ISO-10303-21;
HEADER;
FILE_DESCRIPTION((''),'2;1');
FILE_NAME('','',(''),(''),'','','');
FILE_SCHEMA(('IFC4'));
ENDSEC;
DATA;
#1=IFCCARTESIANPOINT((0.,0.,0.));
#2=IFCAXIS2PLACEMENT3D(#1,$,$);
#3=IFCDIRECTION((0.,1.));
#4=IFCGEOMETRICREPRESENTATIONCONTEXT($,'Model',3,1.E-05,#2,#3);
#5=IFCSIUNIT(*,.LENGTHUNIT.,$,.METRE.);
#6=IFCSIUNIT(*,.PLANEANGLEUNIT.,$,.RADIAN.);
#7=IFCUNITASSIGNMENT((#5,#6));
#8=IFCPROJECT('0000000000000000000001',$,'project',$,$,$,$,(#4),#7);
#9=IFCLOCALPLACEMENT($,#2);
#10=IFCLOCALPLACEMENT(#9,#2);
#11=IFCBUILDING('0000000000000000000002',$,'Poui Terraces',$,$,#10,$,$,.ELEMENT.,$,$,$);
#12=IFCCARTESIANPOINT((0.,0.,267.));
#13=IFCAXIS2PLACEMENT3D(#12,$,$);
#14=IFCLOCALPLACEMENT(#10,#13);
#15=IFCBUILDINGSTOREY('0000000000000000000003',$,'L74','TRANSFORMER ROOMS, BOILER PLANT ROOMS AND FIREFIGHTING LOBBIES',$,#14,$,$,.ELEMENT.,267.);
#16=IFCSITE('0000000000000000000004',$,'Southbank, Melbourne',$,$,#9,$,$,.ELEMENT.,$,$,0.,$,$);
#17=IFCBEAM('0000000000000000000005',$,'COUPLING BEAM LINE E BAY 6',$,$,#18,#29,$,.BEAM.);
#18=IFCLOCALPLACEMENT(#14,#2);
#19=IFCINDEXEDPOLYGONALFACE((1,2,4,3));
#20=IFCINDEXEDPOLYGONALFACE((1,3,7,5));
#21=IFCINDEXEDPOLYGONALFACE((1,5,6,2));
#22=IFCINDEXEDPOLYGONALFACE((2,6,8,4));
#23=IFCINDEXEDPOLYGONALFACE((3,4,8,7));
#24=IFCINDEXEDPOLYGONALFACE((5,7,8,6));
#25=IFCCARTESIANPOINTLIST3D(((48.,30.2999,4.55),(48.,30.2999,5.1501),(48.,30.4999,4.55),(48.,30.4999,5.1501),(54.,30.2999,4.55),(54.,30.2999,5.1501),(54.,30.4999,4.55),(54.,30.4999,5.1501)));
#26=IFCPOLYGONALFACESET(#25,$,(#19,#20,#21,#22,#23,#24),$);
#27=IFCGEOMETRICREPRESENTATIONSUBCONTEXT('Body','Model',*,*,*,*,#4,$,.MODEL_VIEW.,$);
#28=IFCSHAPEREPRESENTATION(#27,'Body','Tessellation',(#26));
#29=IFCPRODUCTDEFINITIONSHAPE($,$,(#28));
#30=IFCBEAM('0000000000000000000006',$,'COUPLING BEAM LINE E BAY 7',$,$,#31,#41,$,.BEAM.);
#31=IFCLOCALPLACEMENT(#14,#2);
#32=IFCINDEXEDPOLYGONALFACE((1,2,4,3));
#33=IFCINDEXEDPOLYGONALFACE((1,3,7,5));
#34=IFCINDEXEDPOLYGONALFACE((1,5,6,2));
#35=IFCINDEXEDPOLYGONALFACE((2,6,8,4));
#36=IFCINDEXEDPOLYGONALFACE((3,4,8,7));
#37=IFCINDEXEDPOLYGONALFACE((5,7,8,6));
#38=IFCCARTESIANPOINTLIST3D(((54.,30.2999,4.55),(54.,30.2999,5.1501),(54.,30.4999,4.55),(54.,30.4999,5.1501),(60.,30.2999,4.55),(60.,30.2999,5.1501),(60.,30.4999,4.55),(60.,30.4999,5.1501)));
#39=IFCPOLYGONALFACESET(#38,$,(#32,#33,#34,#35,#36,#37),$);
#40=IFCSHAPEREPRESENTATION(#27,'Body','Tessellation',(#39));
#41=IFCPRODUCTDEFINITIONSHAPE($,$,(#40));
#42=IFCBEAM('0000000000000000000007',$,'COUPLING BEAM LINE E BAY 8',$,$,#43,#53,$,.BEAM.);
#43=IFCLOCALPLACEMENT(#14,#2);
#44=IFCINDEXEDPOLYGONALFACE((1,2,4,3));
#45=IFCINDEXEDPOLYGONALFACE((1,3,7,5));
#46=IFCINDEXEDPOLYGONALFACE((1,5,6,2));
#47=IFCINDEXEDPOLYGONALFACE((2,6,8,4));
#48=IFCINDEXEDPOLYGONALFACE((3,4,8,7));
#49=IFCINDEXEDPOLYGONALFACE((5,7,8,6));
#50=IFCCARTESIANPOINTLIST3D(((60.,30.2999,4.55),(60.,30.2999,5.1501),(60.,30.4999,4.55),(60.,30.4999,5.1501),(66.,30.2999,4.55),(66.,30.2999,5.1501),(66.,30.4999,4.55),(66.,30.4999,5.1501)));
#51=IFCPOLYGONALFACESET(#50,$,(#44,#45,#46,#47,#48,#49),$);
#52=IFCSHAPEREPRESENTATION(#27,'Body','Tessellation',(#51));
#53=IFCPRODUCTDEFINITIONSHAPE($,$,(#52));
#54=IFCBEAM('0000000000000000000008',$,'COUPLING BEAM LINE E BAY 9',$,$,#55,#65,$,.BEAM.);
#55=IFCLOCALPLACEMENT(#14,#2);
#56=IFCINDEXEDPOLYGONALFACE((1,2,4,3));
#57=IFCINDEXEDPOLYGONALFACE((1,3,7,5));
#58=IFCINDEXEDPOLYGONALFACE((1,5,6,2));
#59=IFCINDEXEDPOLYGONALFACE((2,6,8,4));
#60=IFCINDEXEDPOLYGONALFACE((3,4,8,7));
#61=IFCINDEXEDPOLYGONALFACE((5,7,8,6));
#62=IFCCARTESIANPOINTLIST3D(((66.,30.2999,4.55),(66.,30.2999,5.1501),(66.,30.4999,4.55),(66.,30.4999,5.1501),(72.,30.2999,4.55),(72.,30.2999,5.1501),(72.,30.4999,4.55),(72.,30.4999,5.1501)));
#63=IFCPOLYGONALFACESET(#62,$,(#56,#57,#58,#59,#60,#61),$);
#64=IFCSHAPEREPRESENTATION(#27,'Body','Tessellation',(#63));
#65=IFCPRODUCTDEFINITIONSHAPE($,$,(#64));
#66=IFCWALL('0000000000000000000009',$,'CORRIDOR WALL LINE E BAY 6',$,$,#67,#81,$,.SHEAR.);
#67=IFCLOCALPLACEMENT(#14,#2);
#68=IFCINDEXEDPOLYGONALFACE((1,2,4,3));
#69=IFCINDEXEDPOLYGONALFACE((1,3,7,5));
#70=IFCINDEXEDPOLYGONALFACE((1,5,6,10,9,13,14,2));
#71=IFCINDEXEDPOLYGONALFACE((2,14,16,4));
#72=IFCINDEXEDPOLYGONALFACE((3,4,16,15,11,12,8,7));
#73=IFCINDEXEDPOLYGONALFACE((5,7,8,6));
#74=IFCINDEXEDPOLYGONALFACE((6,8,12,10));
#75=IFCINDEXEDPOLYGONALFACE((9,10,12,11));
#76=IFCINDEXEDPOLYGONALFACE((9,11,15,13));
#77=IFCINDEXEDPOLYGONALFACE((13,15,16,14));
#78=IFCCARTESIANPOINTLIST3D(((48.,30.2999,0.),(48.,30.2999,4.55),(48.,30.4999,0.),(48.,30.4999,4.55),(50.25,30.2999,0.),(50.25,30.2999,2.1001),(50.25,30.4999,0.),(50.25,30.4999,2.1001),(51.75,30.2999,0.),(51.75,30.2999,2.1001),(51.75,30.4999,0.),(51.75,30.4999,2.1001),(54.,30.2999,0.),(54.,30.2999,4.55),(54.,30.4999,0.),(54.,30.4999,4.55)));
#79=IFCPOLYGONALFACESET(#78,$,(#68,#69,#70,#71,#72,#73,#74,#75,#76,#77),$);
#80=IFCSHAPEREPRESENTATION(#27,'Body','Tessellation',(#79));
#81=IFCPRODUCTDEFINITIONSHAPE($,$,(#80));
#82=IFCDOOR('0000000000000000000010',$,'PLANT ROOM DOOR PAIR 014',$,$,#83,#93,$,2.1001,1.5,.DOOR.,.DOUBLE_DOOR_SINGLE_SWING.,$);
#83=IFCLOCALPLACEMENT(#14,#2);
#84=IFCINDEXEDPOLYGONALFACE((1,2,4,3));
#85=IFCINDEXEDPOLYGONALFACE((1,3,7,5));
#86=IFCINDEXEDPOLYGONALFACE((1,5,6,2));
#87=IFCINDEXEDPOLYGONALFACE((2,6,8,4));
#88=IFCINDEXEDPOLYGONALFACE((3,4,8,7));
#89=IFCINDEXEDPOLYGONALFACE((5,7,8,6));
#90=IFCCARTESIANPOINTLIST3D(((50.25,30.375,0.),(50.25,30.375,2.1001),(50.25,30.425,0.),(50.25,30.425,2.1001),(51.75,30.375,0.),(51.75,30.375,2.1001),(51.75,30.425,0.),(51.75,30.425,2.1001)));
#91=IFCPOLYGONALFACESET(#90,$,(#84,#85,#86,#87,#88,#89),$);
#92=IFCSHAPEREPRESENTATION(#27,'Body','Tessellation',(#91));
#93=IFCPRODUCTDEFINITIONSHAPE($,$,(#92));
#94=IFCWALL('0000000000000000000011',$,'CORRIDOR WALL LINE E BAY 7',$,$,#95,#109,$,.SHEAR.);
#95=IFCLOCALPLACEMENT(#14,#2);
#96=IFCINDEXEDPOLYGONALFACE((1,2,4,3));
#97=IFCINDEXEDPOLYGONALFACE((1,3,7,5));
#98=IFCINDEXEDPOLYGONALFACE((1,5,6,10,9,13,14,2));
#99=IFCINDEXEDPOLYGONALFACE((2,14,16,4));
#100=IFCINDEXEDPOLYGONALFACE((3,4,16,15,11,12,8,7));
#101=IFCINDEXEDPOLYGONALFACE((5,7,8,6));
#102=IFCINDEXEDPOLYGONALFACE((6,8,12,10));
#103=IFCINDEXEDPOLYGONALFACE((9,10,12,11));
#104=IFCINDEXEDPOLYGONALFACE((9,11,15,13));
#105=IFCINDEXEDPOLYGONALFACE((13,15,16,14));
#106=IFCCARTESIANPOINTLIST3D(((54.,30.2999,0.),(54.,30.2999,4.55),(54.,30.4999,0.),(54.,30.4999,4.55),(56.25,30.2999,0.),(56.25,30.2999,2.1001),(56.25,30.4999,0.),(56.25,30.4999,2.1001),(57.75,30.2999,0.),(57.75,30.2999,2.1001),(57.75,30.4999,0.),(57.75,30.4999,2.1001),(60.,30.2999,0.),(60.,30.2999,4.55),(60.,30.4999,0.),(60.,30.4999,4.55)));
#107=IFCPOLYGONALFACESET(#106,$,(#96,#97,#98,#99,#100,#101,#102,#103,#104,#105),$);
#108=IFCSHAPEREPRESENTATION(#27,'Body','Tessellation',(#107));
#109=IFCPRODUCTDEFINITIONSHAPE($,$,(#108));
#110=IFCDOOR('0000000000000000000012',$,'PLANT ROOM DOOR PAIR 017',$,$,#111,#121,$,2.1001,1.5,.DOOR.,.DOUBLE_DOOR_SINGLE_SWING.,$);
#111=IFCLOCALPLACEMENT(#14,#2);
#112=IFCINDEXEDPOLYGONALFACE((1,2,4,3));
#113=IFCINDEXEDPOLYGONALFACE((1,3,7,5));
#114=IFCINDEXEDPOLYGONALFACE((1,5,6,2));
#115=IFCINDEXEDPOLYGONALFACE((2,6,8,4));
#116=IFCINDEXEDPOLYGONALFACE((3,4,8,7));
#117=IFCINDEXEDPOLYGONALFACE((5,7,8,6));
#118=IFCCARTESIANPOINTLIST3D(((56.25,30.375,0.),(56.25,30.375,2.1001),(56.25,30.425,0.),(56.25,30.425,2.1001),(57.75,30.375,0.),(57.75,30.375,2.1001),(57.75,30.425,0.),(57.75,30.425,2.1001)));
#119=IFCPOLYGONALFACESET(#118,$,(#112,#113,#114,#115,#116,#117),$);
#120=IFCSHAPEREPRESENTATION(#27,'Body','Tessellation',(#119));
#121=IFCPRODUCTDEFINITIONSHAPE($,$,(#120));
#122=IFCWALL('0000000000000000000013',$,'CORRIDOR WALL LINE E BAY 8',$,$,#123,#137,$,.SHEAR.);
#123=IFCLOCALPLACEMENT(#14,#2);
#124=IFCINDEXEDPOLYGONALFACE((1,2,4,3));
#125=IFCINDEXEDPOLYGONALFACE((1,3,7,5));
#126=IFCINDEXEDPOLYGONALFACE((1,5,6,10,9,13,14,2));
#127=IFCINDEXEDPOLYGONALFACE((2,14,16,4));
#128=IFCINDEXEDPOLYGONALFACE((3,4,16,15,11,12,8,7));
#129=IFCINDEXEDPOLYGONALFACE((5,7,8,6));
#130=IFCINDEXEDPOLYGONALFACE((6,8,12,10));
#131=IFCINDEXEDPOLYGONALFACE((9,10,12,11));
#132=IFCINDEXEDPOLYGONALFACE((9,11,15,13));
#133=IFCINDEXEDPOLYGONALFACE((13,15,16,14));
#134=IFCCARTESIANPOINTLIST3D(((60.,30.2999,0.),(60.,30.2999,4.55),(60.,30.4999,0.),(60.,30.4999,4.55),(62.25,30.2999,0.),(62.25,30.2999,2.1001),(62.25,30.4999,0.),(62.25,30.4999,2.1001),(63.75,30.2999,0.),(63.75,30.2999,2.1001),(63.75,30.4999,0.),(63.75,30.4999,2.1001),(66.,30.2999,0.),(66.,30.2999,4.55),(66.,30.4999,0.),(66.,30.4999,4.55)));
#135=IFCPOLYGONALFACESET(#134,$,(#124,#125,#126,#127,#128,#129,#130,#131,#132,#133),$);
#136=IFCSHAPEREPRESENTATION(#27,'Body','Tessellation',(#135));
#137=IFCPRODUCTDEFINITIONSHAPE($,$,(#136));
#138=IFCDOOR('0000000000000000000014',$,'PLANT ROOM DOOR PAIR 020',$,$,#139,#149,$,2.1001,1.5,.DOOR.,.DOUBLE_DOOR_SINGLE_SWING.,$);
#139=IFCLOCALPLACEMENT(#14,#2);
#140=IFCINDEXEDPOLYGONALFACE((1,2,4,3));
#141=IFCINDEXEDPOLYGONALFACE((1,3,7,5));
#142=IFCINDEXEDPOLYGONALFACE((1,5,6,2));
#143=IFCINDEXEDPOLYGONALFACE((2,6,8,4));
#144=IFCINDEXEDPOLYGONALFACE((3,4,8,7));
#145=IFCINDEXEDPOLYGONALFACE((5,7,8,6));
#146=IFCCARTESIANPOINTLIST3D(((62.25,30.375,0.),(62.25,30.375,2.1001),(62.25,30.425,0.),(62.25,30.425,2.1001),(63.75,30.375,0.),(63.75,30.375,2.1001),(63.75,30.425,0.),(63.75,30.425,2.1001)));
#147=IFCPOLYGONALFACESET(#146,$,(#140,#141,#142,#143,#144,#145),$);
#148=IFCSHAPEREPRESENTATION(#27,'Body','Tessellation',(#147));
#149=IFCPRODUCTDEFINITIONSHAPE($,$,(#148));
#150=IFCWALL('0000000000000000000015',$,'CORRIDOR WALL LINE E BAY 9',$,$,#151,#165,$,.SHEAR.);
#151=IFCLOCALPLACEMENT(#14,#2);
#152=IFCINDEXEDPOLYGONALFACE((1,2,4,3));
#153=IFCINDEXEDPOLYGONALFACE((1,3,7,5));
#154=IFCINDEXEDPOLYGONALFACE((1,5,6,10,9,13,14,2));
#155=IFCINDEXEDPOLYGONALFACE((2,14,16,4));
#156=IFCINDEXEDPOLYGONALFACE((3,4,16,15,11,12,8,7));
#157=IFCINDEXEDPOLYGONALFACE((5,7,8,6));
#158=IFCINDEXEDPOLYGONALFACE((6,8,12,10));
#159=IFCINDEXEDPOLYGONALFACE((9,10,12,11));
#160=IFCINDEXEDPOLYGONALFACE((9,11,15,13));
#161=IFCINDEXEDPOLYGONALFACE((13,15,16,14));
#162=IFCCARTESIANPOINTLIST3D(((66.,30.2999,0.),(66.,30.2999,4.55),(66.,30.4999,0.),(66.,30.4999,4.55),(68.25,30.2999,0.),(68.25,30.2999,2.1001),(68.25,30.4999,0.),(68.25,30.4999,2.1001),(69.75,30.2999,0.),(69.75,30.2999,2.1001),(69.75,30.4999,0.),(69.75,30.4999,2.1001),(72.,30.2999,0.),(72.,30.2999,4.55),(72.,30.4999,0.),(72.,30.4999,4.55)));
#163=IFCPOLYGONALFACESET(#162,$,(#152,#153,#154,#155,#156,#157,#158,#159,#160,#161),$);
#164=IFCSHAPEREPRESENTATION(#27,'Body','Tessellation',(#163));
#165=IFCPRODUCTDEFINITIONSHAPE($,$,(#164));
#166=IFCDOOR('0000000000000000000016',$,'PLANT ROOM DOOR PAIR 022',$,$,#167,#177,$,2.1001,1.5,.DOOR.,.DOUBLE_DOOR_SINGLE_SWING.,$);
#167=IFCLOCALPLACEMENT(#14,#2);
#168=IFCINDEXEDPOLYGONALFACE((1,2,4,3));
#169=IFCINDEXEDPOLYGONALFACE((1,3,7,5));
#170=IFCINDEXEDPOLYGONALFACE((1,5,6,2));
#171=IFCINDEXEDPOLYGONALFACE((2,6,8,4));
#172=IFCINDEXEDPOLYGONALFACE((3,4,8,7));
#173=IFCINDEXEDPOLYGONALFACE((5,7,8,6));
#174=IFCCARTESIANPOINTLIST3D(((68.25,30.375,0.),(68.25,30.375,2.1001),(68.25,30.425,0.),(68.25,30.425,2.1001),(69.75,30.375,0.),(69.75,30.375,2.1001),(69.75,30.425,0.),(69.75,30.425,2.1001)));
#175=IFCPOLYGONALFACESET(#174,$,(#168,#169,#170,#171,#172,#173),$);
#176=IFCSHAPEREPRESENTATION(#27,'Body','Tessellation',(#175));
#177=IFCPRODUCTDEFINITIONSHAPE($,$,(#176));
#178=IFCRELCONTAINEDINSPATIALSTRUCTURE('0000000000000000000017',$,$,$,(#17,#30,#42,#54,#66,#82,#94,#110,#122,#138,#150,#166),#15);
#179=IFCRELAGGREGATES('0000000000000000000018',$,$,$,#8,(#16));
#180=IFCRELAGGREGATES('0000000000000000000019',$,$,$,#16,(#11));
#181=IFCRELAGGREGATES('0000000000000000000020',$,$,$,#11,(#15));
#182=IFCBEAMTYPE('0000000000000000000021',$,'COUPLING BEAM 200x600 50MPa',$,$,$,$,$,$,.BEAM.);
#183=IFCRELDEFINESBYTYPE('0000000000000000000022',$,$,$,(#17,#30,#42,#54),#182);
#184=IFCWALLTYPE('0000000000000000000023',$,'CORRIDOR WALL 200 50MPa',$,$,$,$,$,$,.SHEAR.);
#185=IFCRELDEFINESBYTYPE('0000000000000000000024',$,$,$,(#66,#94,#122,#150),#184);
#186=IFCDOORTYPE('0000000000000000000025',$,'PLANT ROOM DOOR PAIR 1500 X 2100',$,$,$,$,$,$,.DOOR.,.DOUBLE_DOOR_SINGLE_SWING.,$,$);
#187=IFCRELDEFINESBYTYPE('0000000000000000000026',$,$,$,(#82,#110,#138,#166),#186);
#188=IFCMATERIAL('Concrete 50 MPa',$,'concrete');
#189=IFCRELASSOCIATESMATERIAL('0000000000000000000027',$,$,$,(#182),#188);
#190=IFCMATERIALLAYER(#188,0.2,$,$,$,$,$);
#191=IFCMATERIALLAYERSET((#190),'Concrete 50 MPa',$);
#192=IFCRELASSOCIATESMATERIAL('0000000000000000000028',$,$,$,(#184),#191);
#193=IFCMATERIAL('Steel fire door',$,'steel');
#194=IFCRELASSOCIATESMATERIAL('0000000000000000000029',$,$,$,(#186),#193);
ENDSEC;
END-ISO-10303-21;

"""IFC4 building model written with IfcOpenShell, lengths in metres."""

from ifc_helpers import new_model, si_unit, direction, frame, frame_2d, origin, origin_2d, place, context, subcontext, project, spatial, rectangle, extrude, source, transform, mapped, material, layer, layer_set, material_profile, profile_set, type_object, element, fill, save


model = new_model("IFC4")

# Units and contexts
model_context = context("Model", 3, precision=1e-05, world=origin(), true_north=direction((0.0, 1.0)))
body_context = subcontext(model_context, "Body", "Model", "MODEL_VIEW")
ifc_project = project(units=[si_unit("LENGTHUNIT", "METRE"), si_unit("PLANEANGLEUNIT", "RADIAN")], contexts=[model_context])

# Site, building, storey
site_placement = place(None, origin())
site = spatial("IfcSite", under=ifc_project, at=site_placement, Name="Southbank, Melbourne", CompositionType="ELEMENT", RefElevation=0.0)
building_placement = place(site_placement, origin())
building = spatial("IfcBuilding", under=site, at=building_placement, Name="Poui Terraces", CompositionType="ELEMENT")
storey_placement = place(building_placement, frame((0.0, 0.0, 267.0)))
storey = spatial("IfcBuildingStorey", under=building, at=storey_placement, Name="L74", Description="TRANSFORMER ROOMS, BOILER PLANT ROOMS AND FIREFIGHTING LOBBIES", CompositionType="ELEMENT", Elevation=267.0)

# Beams
ifc_material_1 = material(Name="Concrete 50 MPa", Category="concrete")
ifc_material_profile_1 = material_profile(ifc_material_1, rectangle(XDim=0.2, YDim=0.6001, at=origin_2d()), Name="RC 200x600")
ifc_profile_set_1 = profile_set([ifc_material_profile_1], Name="Concrete 50 MPa")
beam_type = type_object("IfcBeamType", Name="COUPLING BEAM 200x600 50MPa", PredefinedType="BEAM", material=ifc_profile_set_1)
shared_shape_1 = source(origin(), body_context, "Body", "SweptSolid", [
    extrude(rectangle(XDim=0.2, YDim=0.6001, at=origin_2d()), origin(), (0.0, 0.0, 1.0), 6.0),
])
for number, where, z_axis, x_axis, name in (
    (1, (48.0, 30.3999, 4.8501), (1.0, 0.0, 0.0), (0.0, 1.0, 0.0), "COUPLING BEAM LINE E BAY 6"),
    (2, (54.0, 30.3999, 4.8501), (1.0, 0.0, 0.0), (0.0, 1.0, 0.0), "COUPLING BEAM LINE E BAY 7"),
    (3, (60.0, 30.3999, 4.8501), (1.0, 0.0, 0.0), (0.0, 1.0, 0.0), "COUPLING BEAM LINE E BAY 8"),
    (4, (66.0, 30.3999, 4.8501), (1.0, 0.0, 0.0), (0.0, 1.0, 0.0), "COUPLING BEAM LINE E BAY 9"),
):
    element("IfcBeam", number, at=place(storey_placement, frame(where, z_axis=z_axis, x_axis=x_axis)), inside=storey, type_object=beam_type, Name=name, PredefinedType="BEAM", context=body_context, shape_type="MappedRepresentation", body=[
        mapped(shared_shape_1, transform((0.0, 0.0, 0.0))),
    ])

# Walls, openings, doors
ifc_layer_1 = layer(ifc_material_1, 0.2)
ifc_layer_set_1 = layer_set([ifc_layer_1], Name="Concrete 50 MPa")
wall_type_1 = type_object("IfcWallType", Name="CORRIDOR WALL 200 50MPa", PredefinedType="SHEAR", material=ifc_layer_set_1)
wall_1_placement = place(storey_placement, frame((48.0, 30.3999, 0.0), z_axis=(0.0, 0.0, 1.0), x_axis=(1.0, 0.0, 0.0)))
wall_1 = element("IfcWall", 5, at=wall_1_placement, inside=storey, type_object=wall_type_1, Name="CORRIDOR WALL LINE E BAY 6", PredefinedType="SHEAR", context=body_context, shape_type="SweptSolid", body=[
    extrude(rectangle(XDim=6.0, YDim=0.2, at=frame_2d((3.0, 0.0))), origin(), (0.0, 0.0, 1.0), 4.55),
])
opening_1_placement = place(wall_1_placement, frame((2.25, 0.0, 0.0)))
opening_1 = element("IfcOpeningElement", 6, at=opening_1_placement, cuts=wall_1, PredefinedType="OPENING", context=body_context, shape_type="SweptSolid", body=[
    extrude(rectangle(XDim=1.5, YDim=2.1001, at=frame_2d((0.75, 1.05))), frame((0.0, 0.1099, 0.0), z_axis=(0.0, -1.0, 0.0), x_axis=(1.0, 0.0, 0.0)), (0.0, 0.0, 1.0), 0.22),
])
ifc_material_2 = material(Name="Steel fire door", Category="steel")
door_type = type_object("IfcDoorType", Name="PLANT ROOM DOOR PAIR 1500 X 2100", OperationType="DOUBLE_DOOR_SINGLE_SWING", PredefinedType="DOOR", material=ifc_material_2)
door_1_placement = place(opening_1_placement, frame((1.5, 0.0, 0.0), z_axis=(0.0, 0.0, 1.0), x_axis=(-1.0, 0.0, 0.0)))
door_1 = element("IfcDoor", 7, at=door_1_placement, inside=storey, type_object=door_type, Name="PLANT ROOM DOOR PAIR 014", OperationType="DOUBLE_DOOR_SINGLE_SWING", OverallHeight=2.1001, OverallWidth=1.5, PredefinedType="DOOR", context=body_context, shape_type="SweptSolid", body=[
    extrude(rectangle(XDim=1.5, YDim=2.1001, at=frame_2d((0.75, 1.05))), frame((0.0, 0.0249, 0.0), z_axis=(0.0, -1.0, 0.0), x_axis=(1.0, 0.0, 0.0)), (0.0, 0.0, 1.0), 0.05),
])
fill(opening_1, door_1)
wall_2_placement = place(storey_placement, frame((54.0, 30.3999, 0.0), z_axis=(0.0, 0.0, 1.0), x_axis=(1.0, 0.0, 0.0)))
wall_2 = element("IfcWall", 8, at=wall_2_placement, inside=storey, type_object=wall_type_1, Name="CORRIDOR WALL LINE E BAY 7", PredefinedType="SHEAR", context=body_context, shape_type="SweptSolid", body=[
    extrude(rectangle(XDim=6.0, YDim=0.2, at=frame_2d((3.0, 0.0))), origin(), (0.0, 0.0, 1.0), 4.55),
])
opening_2_placement = place(wall_2_placement, frame((2.25, 0.0, 0.0)))
opening_2 = element("IfcOpeningElement", 9, at=opening_2_placement, cuts=wall_2, PredefinedType="OPENING", context=body_context, shape_type="SweptSolid", body=[
    extrude(rectangle(XDim=1.5, YDim=2.1001, at=frame_2d((0.75, 1.05))), frame((0.0, 0.1099, 0.0), z_axis=(0.0, -1.0, 0.0), x_axis=(1.0, 0.0, 0.0)), (0.0, 0.0, 1.0), 0.22),
])
door_2_placement = place(opening_2_placement, frame((1.5, 0.0, 0.0), z_axis=(0.0, 0.0, 1.0), x_axis=(-1.0, 0.0, 0.0)))
door_2 = element("IfcDoor", 10, at=door_2_placement, inside=storey, type_object=door_type, Name="PLANT ROOM DOOR PAIR 017", OperationType="DOUBLE_DOOR_SINGLE_SWING", OverallHeight=2.1001, OverallWidth=1.5, PredefinedType="DOOR", context=body_context, shape_type="SweptSolid", body=[
    extrude(rectangle(XDim=1.5, YDim=2.1001, at=frame_2d((0.75, 1.05))), frame((0.0, 0.0249, 0.0), z_axis=(0.0, -1.0, 0.0), x_axis=(1.0, 0.0, 0.0)), (0.0, 0.0, 1.0), 0.05),
])
fill(opening_2, door_2)
wall_3_placement = place(storey_placement, frame((60.0, 30.3999, 0.0), z_axis=(0.0, 0.0, 1.0), x_axis=(1.0, 0.0, 0.0)))
wall_3 = element("IfcWall", 11, at=wall_3_placement, inside=storey, type_object=wall_type_1, Name="CORRIDOR WALL LINE E BAY 8", PredefinedType="SHEAR", context=body_context, shape_type="SweptSolid", body=[
    extrude(rectangle(XDim=6.0, YDim=0.2, at=frame_2d((3.0, 0.0))), origin(), (0.0, 0.0, 1.0), 4.55),
])
opening_3_placement = place(wall_3_placement, frame((2.25, 0.0, 0.0)))
opening_3 = element("IfcOpeningElement", 12, at=opening_3_placement, cuts=wall_3, PredefinedType="OPENING", context=body_context, shape_type="SweptSolid", body=[
    extrude(rectangle(XDim=1.5, YDim=2.1001, at=frame_2d((0.75, 1.05))), frame((0.0, 0.1099, 0.0), z_axis=(0.0, -1.0, 0.0), x_axis=(1.0, 0.0, 0.0)), (0.0, 0.0, 1.0), 0.22),
])
door_3_placement = place(opening_3_placement, frame((1.5, 0.0, 0.0), z_axis=(0.0, 0.0, 1.0), x_axis=(-1.0, 0.0, 0.0)))
door_3 = element("IfcDoor", 13, at=door_3_placement, inside=storey, type_object=door_type, Name="PLANT ROOM DOOR PAIR 020", OperationType="DOUBLE_DOOR_SINGLE_SWING", OverallHeight=2.1001, OverallWidth=1.5, PredefinedType="DOOR", context=body_context, shape_type="SweptSolid", body=[
    extrude(rectangle(XDim=1.5, YDim=2.1001, at=frame_2d((0.75, 1.05))), frame((0.0, 0.0249, 0.0), z_axis=(0.0, -1.0, 0.0), x_axis=(1.0, 0.0, 0.0)), (0.0, 0.0, 1.0), 0.05),
])
fill(opening_3, door_3)
wall_4_placement = place(storey_placement, frame((66.0, 30.3999, 0.0), z_axis=(0.0, 0.0, 1.0), x_axis=(1.0, 0.0, 0.0)))
wall_4 = element("IfcWall", 14, at=wall_4_placement, inside=storey, type_object=wall_type_1, Name="CORRIDOR WALL LINE E BAY 9", PredefinedType="SHEAR", context=body_context, shape_type="SweptSolid", body=[
    extrude(rectangle(XDim=6.0, YDim=0.2, at=frame_2d((3.0, 0.0))), origin(), (0.0, 0.0, 1.0), 4.55),
])
opening_4_placement = place(wall_4_placement, frame((2.25, 0.0, 0.0)))
opening_4 = element("IfcOpeningElement", 15, at=opening_4_placement, cuts=wall_4, PredefinedType="OPENING", context=body_context, shape_type="SweptSolid", body=[
    extrude(rectangle(XDim=1.5, YDim=2.1001, at=frame_2d((0.75, 1.05))), frame((0.0, 0.1099, 0.0), z_axis=(0.0, -1.0, 0.0), x_axis=(1.0, 0.0, 0.0)), (0.0, 0.0, 1.0), 0.22),
])
door_4_placement = place(opening_4_placement, frame((1.5, 0.0, 0.0), z_axis=(0.0, 0.0, 1.0), x_axis=(-1.0, 0.0, 0.0)))
door_4 = element("IfcDoor", 16, at=door_4_placement, inside=storey, type_object=door_type, Name="PLANT ROOM DOOR PAIR 022", OperationType="DOUBLE_DOOR_SINGLE_SWING", OverallHeight=2.1001, OverallWidth=1.5, PredefinedType="DOOR", context=body_context, shape_type="SweptSolid", body=[
    extrude(rectangle(XDim=1.5, YDim=2.1001, at=frame_2d((0.75, 1.05))), frame((0.0, 0.0249, 0.0), z_axis=(0.0, -1.0, 0.0), x_axis=(1.0, 0.0, 0.0)), (0.0, 0.0, 1.0), 0.05),
])
fill(opening_4, door_4)

save(model, "model.ifc")
